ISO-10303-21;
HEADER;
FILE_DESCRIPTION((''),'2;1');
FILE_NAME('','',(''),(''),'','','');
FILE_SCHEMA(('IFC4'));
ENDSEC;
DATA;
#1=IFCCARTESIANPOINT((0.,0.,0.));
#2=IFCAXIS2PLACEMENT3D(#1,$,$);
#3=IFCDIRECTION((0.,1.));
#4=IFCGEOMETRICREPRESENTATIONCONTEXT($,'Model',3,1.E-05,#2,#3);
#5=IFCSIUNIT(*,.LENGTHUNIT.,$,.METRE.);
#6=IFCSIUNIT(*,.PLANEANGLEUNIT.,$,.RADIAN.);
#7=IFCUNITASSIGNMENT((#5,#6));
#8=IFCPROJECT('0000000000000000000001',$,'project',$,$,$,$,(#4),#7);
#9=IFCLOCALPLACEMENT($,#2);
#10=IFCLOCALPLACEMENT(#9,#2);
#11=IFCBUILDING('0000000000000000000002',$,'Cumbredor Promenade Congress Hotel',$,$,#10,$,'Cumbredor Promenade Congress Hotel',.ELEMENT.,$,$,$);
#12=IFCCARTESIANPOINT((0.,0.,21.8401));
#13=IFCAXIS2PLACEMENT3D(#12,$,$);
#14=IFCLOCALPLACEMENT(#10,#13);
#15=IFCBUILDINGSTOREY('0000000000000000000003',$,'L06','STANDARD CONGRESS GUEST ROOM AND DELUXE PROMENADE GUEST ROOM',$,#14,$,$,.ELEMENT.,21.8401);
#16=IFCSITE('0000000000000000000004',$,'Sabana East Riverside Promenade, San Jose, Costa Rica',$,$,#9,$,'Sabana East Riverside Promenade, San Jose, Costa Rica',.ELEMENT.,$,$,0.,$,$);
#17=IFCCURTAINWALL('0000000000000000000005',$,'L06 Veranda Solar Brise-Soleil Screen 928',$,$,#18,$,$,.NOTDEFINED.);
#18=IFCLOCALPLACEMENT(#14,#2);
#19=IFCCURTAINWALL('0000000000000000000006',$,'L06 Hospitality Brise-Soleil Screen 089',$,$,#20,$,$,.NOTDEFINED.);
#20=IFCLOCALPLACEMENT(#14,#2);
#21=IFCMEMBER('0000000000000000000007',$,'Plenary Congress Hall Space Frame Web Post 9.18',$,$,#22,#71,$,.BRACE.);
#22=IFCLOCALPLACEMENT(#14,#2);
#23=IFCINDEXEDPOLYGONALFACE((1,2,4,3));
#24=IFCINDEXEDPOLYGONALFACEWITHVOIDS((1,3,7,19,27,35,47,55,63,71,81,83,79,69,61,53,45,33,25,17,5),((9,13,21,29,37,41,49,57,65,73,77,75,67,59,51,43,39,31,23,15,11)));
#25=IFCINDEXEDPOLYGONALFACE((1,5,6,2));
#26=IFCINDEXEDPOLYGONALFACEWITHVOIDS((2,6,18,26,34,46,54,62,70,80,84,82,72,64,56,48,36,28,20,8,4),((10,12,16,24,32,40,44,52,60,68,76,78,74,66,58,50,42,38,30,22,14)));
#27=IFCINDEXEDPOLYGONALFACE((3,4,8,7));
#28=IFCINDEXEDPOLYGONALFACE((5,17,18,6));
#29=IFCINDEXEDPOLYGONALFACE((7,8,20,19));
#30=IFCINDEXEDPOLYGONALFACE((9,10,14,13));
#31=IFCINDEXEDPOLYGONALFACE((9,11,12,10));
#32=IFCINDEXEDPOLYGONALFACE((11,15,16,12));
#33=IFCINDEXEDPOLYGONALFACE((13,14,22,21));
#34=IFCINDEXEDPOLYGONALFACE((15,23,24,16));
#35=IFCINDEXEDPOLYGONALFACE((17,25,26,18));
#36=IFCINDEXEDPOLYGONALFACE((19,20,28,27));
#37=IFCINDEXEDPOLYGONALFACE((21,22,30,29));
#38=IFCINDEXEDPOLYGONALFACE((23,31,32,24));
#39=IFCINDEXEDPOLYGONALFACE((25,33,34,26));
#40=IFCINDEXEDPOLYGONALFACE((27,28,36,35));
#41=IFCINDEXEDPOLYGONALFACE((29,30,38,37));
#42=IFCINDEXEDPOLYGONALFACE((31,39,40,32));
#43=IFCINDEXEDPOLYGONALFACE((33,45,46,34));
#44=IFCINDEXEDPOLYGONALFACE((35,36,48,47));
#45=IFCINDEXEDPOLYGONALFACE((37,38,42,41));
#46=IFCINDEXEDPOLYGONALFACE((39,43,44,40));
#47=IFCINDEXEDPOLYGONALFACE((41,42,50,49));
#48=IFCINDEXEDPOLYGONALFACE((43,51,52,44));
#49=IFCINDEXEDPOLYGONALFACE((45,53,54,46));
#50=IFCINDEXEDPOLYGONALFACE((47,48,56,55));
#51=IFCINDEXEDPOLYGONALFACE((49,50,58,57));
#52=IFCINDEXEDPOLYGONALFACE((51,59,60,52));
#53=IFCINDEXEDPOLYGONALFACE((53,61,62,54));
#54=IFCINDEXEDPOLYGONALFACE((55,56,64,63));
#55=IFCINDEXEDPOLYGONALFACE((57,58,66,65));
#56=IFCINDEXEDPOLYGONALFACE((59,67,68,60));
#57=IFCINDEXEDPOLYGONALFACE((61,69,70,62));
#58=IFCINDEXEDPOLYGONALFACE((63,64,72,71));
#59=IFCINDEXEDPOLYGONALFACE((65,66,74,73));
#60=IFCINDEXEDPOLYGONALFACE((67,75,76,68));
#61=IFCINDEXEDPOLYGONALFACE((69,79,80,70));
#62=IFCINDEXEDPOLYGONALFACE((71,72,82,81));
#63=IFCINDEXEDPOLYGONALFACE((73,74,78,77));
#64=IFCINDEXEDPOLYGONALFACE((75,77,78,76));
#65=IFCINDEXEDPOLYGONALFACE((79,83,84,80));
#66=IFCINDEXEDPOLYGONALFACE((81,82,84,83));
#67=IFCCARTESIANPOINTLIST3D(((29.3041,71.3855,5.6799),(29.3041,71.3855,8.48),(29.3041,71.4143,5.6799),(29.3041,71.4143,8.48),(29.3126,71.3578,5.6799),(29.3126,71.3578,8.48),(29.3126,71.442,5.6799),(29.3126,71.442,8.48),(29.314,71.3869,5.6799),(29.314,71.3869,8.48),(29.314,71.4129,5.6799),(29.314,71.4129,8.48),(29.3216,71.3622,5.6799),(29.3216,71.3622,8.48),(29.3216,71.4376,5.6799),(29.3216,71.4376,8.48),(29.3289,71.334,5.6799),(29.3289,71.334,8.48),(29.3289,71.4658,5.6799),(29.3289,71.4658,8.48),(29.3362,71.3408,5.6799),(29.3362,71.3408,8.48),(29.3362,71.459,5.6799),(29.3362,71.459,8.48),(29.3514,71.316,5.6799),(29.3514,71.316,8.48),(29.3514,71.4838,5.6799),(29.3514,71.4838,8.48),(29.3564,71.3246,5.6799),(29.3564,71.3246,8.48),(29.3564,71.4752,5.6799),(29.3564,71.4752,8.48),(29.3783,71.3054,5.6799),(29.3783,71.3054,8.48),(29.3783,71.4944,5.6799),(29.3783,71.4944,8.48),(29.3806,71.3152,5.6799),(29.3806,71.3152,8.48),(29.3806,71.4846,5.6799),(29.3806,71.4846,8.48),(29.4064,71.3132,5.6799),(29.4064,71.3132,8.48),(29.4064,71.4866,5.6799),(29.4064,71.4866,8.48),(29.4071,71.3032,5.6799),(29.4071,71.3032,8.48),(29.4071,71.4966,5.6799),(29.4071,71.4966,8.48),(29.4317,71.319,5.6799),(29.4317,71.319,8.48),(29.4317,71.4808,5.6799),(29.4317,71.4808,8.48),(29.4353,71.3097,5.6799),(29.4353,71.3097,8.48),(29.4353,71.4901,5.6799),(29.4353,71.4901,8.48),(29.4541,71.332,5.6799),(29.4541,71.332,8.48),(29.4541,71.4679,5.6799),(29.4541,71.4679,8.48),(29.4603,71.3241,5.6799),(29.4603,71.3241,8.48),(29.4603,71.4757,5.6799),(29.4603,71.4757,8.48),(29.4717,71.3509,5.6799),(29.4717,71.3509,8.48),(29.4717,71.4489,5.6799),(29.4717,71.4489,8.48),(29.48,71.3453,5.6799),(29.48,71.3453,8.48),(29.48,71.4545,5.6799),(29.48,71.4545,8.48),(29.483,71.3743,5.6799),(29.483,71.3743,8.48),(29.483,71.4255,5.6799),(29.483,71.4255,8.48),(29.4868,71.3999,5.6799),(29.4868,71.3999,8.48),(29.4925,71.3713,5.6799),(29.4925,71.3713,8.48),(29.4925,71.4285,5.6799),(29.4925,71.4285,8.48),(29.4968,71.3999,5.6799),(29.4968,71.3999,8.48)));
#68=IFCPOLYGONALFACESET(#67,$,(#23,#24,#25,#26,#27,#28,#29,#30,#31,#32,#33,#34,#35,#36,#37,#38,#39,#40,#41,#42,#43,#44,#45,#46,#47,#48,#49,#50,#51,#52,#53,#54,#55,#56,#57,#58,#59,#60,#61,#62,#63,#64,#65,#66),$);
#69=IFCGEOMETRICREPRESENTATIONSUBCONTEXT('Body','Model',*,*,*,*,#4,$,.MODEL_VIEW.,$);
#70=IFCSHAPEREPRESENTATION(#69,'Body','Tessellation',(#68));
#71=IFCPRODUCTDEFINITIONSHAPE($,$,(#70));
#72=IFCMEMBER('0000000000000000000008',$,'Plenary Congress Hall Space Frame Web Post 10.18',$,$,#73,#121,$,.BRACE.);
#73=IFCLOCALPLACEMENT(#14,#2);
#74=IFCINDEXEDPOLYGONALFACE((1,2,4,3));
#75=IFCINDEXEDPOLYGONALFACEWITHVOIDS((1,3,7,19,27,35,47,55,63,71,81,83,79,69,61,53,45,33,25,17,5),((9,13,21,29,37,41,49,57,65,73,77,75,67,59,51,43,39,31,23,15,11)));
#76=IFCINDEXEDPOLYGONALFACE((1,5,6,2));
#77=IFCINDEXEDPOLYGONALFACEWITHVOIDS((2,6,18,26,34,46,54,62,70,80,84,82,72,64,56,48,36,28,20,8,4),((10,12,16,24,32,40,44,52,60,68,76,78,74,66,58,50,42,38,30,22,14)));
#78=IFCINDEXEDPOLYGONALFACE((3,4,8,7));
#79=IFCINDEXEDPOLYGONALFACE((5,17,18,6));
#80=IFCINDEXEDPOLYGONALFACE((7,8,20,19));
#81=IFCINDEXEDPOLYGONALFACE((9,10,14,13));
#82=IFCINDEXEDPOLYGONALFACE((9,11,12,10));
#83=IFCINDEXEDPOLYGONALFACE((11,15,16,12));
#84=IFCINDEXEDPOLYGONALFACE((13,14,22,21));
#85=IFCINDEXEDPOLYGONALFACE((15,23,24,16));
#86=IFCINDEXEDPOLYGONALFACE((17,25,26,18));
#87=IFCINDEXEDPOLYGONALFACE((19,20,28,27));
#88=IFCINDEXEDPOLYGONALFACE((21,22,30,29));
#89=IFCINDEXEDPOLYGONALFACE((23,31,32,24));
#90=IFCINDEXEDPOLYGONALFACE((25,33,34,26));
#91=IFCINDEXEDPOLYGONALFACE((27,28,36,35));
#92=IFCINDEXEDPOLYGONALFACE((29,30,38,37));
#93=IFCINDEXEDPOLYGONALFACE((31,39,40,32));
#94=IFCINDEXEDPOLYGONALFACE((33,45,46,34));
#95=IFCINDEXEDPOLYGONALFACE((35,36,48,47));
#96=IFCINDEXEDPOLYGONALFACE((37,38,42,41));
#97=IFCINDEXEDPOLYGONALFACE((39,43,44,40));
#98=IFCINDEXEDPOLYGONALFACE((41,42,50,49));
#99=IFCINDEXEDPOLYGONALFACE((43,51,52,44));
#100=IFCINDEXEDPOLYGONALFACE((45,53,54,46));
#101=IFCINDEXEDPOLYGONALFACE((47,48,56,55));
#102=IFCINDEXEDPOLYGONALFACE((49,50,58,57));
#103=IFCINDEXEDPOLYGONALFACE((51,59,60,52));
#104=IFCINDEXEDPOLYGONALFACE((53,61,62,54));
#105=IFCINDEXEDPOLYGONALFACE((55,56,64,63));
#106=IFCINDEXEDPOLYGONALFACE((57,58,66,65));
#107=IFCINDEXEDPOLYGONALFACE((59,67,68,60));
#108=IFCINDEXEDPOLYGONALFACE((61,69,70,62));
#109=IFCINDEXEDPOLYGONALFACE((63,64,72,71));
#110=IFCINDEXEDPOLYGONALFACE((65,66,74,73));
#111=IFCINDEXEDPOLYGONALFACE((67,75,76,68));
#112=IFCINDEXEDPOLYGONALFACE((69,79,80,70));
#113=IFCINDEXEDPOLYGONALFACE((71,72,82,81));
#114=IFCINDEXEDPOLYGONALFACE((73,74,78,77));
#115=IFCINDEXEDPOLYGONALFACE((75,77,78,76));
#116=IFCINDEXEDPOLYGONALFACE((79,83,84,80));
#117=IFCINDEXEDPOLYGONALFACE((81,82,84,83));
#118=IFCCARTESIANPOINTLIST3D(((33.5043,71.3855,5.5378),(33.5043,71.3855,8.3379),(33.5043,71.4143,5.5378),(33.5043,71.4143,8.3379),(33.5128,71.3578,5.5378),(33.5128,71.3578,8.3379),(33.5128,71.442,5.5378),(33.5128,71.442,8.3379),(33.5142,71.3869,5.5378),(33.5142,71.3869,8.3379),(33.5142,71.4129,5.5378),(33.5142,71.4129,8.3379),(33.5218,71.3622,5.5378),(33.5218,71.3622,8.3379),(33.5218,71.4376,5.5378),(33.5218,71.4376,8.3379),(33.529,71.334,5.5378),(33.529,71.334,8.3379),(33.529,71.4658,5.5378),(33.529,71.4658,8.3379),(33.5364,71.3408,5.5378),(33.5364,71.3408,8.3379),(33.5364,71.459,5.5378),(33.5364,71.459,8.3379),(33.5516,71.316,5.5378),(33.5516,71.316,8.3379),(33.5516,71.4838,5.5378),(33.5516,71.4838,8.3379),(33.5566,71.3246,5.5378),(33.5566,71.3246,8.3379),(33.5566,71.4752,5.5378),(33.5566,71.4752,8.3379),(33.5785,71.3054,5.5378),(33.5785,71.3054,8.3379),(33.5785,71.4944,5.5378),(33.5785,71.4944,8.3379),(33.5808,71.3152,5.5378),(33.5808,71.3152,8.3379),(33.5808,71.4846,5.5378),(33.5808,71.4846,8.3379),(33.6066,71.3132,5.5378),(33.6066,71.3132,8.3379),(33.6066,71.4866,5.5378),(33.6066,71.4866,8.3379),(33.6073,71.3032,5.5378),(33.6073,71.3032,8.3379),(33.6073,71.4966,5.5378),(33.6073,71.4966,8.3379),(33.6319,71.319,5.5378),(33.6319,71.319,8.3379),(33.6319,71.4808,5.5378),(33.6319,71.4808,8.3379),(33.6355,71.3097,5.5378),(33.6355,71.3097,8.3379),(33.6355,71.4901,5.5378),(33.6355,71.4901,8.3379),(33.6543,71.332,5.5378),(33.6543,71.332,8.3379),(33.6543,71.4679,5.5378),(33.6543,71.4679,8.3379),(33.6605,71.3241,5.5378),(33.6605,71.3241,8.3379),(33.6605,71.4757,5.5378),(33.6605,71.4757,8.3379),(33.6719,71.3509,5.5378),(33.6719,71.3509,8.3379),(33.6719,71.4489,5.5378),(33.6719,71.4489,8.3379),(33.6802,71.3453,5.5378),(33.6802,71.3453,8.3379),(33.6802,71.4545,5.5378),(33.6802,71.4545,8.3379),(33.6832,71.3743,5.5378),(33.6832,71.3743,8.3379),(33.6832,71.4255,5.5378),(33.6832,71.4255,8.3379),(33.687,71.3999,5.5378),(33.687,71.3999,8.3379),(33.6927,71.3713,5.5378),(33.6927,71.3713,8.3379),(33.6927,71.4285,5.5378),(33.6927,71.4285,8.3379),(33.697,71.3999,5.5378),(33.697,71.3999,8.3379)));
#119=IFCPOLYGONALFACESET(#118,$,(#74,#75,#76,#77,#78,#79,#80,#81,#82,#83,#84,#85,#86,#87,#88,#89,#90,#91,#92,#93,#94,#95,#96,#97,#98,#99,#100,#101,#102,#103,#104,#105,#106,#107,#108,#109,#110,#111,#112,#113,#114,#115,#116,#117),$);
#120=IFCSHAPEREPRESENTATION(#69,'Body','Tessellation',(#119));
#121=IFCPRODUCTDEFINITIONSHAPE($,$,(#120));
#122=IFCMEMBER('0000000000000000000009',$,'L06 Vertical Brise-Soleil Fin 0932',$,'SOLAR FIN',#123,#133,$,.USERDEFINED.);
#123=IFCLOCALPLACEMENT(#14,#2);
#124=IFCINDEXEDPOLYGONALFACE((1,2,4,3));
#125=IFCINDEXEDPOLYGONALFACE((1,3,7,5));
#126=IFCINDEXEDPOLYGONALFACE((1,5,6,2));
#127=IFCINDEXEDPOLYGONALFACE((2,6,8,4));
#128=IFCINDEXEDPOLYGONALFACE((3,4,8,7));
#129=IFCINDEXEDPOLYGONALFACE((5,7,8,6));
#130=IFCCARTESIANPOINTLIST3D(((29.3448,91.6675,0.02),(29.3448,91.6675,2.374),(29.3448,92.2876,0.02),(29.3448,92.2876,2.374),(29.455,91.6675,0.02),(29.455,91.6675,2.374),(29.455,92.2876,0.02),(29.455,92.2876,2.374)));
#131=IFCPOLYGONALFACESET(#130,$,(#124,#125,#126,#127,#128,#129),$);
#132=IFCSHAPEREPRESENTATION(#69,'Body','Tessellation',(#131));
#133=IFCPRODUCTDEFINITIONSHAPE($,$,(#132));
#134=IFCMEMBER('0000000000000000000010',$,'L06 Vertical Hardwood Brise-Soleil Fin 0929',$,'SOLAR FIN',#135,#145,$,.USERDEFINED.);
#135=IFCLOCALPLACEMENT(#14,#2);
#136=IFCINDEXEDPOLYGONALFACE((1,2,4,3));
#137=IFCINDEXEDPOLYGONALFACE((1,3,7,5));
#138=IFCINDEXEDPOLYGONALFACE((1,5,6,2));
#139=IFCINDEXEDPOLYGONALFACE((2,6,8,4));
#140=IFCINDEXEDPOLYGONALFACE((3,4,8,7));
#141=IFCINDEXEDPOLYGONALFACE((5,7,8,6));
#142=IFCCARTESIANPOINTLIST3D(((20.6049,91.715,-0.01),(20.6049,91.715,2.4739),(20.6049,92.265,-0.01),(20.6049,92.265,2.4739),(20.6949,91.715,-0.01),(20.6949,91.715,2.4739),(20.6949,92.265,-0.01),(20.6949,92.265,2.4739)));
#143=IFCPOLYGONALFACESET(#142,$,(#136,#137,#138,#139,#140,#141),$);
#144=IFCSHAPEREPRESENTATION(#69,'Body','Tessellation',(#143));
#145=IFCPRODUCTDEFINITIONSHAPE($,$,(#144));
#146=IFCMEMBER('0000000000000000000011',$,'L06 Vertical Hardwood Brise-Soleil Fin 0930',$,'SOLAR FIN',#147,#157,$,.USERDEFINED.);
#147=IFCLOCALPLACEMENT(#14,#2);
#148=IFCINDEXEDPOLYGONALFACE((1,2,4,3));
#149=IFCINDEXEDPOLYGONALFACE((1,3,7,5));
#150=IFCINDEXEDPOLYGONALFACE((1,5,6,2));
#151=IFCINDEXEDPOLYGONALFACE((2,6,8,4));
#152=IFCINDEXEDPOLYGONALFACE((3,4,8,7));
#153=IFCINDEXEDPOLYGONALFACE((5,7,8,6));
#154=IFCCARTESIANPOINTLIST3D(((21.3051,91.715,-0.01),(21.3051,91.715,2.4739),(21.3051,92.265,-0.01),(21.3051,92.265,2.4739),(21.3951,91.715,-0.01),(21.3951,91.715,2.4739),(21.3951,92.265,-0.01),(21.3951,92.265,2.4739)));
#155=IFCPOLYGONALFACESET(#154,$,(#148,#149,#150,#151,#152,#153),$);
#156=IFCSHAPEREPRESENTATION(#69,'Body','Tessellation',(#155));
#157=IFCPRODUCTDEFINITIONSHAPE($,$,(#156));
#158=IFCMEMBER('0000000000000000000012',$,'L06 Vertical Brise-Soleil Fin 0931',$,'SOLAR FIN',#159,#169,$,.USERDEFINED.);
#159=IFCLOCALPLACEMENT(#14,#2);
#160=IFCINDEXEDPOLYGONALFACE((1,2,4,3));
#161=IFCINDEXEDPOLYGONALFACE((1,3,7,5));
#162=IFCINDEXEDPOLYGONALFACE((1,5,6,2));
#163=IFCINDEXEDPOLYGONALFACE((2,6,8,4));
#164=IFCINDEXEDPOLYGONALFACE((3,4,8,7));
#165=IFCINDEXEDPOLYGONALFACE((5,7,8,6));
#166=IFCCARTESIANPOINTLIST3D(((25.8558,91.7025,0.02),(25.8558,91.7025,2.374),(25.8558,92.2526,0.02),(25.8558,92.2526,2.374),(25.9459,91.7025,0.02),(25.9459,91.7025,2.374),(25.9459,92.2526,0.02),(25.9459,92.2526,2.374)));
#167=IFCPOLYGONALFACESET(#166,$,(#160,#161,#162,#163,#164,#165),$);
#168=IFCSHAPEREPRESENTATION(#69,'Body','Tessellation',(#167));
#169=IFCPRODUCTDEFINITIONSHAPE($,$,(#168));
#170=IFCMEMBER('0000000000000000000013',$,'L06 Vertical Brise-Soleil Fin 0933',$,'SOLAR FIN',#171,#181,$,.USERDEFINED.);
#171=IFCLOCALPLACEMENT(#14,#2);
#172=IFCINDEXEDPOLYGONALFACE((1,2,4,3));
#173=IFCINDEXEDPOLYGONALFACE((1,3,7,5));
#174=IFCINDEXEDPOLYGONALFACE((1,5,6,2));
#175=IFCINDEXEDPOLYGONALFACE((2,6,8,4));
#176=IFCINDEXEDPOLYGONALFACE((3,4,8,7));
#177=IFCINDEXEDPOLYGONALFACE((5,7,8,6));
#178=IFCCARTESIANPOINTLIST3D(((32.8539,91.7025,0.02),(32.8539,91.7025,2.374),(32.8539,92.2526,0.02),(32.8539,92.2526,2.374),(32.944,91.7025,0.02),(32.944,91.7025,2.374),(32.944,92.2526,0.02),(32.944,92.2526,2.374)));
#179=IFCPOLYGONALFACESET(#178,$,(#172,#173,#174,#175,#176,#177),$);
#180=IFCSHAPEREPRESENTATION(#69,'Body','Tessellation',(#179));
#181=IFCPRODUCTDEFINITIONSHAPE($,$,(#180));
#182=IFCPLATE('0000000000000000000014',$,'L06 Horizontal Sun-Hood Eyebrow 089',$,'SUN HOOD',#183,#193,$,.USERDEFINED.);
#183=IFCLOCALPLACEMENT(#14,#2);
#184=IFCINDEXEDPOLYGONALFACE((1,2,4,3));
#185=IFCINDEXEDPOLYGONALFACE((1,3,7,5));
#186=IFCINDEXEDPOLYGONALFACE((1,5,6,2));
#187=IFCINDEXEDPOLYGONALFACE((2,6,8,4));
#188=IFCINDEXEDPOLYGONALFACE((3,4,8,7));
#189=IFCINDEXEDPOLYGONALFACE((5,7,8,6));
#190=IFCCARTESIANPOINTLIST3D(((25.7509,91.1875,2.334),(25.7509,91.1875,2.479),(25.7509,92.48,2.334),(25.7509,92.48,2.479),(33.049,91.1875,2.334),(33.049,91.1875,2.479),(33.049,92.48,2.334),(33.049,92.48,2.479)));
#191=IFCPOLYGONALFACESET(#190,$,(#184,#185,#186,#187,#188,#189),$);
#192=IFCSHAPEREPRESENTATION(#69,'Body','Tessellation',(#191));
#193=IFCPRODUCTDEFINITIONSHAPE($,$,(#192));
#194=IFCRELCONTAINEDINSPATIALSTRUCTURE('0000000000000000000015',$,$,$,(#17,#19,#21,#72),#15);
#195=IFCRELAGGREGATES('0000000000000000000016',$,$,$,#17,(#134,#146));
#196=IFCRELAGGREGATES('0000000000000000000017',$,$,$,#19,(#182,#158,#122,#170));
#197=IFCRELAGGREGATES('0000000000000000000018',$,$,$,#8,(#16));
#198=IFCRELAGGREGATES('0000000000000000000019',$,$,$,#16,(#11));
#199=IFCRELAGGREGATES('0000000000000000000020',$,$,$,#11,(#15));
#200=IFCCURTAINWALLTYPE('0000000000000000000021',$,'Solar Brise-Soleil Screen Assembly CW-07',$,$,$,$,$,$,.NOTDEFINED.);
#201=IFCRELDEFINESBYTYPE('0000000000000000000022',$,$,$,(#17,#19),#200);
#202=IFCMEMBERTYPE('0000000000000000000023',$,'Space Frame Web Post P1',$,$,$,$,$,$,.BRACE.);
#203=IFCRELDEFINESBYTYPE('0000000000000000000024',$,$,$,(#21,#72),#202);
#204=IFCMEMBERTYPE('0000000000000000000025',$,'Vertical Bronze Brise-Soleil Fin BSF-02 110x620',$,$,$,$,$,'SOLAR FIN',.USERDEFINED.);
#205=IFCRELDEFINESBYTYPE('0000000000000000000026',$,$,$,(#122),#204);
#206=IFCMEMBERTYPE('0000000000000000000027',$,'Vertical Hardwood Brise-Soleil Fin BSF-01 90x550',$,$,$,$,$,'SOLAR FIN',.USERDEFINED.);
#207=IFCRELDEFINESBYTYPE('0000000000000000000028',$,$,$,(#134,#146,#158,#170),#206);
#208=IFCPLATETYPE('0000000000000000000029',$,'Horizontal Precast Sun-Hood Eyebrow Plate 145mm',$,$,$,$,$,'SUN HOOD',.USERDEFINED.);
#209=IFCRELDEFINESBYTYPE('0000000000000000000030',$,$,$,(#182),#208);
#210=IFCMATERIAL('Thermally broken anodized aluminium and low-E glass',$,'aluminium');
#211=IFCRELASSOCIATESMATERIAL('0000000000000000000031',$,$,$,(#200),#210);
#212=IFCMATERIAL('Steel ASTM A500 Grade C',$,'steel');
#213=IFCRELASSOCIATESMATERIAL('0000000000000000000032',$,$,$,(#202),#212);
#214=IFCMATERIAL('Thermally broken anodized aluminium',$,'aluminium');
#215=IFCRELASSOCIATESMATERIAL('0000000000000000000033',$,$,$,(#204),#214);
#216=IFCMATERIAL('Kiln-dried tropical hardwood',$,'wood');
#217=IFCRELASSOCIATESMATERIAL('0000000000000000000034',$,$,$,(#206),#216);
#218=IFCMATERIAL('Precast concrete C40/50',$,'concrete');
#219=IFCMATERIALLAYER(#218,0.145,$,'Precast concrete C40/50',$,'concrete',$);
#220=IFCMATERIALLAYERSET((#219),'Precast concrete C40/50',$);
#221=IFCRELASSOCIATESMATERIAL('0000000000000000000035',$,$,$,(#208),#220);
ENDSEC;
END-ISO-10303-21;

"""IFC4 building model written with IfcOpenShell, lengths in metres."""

from ifc_helpers import new_model, si_unit, direction, frame, origin, origin_2d, place, context, subcontext, project, spatial, rectangle, hollow_circle, extrude, material, layer, layer_set, material_profile, profile_set, type_object, element, aggregate, save


model = new_model("IFC4")

# Units and contexts
model_context = context("Model", 3, precision=1e-05, world=origin(), true_north=direction((0.0, 1.0)))
body_context = subcontext(model_context, "Body", "Model", "MODEL_VIEW")
ifc_project = project(units=[si_unit("LENGTHUNIT", "METRE"), si_unit("PLANEANGLEUNIT", "RADIAN")], contexts=[model_context])

# Site, building, storey
site_placement = place(None, origin())
site = spatial("IfcSite", under=ifc_project, at=site_placement, Name="Sabana East Riverside Promenade, San Jose, Costa Rica", LongName="Sabana East Riverside Promenade, San Jose, Costa Rica", CompositionType="ELEMENT", RefElevation=0.0)
building_placement = place(site_placement, origin())
building = spatial("IfcBuilding", under=site, at=building_placement, Name="Cumbredor Promenade Congress Hotel", LongName="Cumbredor Promenade Congress Hotel", CompositionType="ELEMENT")
storey_placement = place(building_placement, frame((0.0, 0.0, 21.8401)))
storey = spatial("IfcBuildingStorey", under=building, at=storey_placement, Name="L06", Description="STANDARD CONGRESS GUEST ROOM AND DELUXE PROMENADE GUEST ROOM", CompositionType="ELEMENT", Elevation=21.8401)

# Curtain walls
ifc_material_1 = material(Name="Thermally broken anodized aluminium and low-E glass", Category="aluminium")
curtain_wall_type = type_object("IfcCurtainWallType", Name="Solar Brise-Soleil Screen Assembly CW-07", PredefinedType="NOTDEFINED", material=ifc_material_1)
curtain_wall_1_placement = place(storey_placement, origin())
curtain_wall_1 = element("IfcCurtainWall", 1, at=curtain_wall_1_placement, inside=storey, type_object=curtain_wall_type, Name="L06 Veranda Solar Brise-Soleil Screen 928", PredefinedType="NOTDEFINED")
ifc_material_2 = material(Name="Thermally broken anodized aluminium", Category="aluminium")
curtain_wall_2_placement = place(storey_placement, origin())
curtain_wall_2 = element("IfcCurtainWall", 2, at=curtain_wall_2_placement, inside=storey, type_object=curtain_wall_type, Name="L06 Hospitality Brise-Soleil Screen 089", PredefinedType="NOTDEFINED")

# Members
ifc_material_3 = material(Name="Steel ASTM A500 Grade C", Category="steel")
ifc_material_profile_1 = material_profile(ifc_material_3, hollow_circle(Radius=0.0969, WallThickness=0.01, at=origin_2d()), Name="CHS 193.7x10")
ifc_profile_set_1 = profile_set([ifc_material_profile_1], Name="Steel ASTM A500 Grade C")
member_type_1 = type_object("IfcMemberType", Name="Space Frame Web Post P1", PredefinedType="BRACE", material=ifc_profile_set_1)
for number, where, z_axis, x_axis, name in (
    (3, (29.3999, 71.3999, 5.6799), (0.0, 0.0, 1.0), (1.0, 0.0, 0.0), "Plenary Congress Hall Space Frame Web Post 9.18"),
    (4, (33.6001, 71.3999, 5.5378), (0.0, 0.0, 1.0), (1.0, 0.0, 0.0), "Plenary Congress Hall Space Frame Web Post 10.18"),
):
    element("IfcMember", number, at=place(storey_placement, frame(where, z_axis=z_axis, x_axis=x_axis)), inside=storey, type_object=member_type_1, Name=name, PredefinedType="BRACE", context=body_context, shape_type="SweptSolid", body=[
        extrude(hollow_circle(Radius=0.0969, WallThickness=0.01, at=origin_2d()), origin(), (0.0, 0.0, 1.0), 2.8),
    ])

# Members
ifc_material_profile_2 = material_profile(ifc_material_2, rectangle(XDim=0.1101, YDim=0.6201, at=origin_2d()), Name="ARCH FIN 110x620")
ifc_profile_set_2 = profile_set([ifc_material_profile_2], Name="Thermally broken anodized aluminium")
member_type_2 = type_object("IfcMemberType", Name="Vertical Bronze Brise-Soleil Fin BSF-02 110x620", ElementType="SOLAR FIN", PredefinedType="USERDEFINED", material=ifc_profile_set_2)
member_1_placement = place(storey_placement, frame((29.3999, 91.9775, 0.02), z_axis=(0.0, 0.0, 1.0), x_axis=(1.0, 0.0, 0.0)))
member_1 = element("IfcMember", 5, at=member_1_placement, type_object=member_type_2, Name="L06 Vertical Brise-Soleil Fin 0932", ObjectType="SOLAR FIN", PredefinedType="USERDEFINED", context=body_context, shape_type="SweptSolid", body=[
    extrude(rectangle(XDim=0.1101, YDim=0.6201, at=origin_2d()), origin(), (0.0, 0.0, 1.0), 2.354),
])
ifc_material_4 = material(Name="Kiln-dried tropical hardwood", Category="wood")
ifc_material_profile_3 = material_profile(ifc_material_4, rectangle(XDim=0.0901, YDim=0.55, at=origin_2d()), Name="ARCH FIN 90x550")
ifc_profile_set_3 = profile_set([ifc_material_profile_3], Name="Kiln-dried tropical hardwood")
member_type_3 = type_object("IfcMemberType", Name="Vertical Hardwood Brise-Soleil Fin BSF-01 90x550", ElementType="SOLAR FIN", PredefinedType="USERDEFINED", material=ifc_profile_set_3)
member_2_placement = place(storey_placement, frame((20.6499, 91.99, -0.01), z_axis=(0.0, 0.0, 1.0), x_axis=(1.0, 0.0, 0.0)))
member_2 = element("IfcMember", 6, at=member_2_placement, type_object=member_type_3, Name="L06 Vertical Hardwood Brise-Soleil Fin 0929", ObjectType="SOLAR FIN", PredefinedType="USERDEFINED", context=body_context, shape_type="SweptSolid", body=[
    extrude(rectangle(XDim=0.0901, YDim=0.55, at=origin_2d()), origin(), (0.0, 0.0, 1.0), 2.4839),
])
member_3_placement = place(storey_placement, frame((21.3501, 91.99, -0.01), z_axis=(0.0, 0.0, 1.0), x_axis=(1.0, 0.0, 0.0)))
member_3 = element("IfcMember", 7, at=member_3_placement, type_object=member_type_3, Name="L06 Vertical Hardwood Brise-Soleil Fin 0930", ObjectType="SOLAR FIN", PredefinedType="USERDEFINED", context=body_context, shape_type="SweptSolid", body=[
    extrude(rectangle(XDim=0.0901, YDim=0.55, at=origin_2d()), origin(), (0.0, 0.0, 1.0), 2.4839),
])
aggregate(curtain_wall_1, [member_2, member_3])
member_4_placement = place(storey_placement, frame((25.9009, 91.9775, 0.02), z_axis=(0.0, 0.0, 1.0), x_axis=(1.0, 0.0, 0.0)))
member_4 = element("IfcMember", 8, at=member_4_placement, type_object=member_type_3, Name="L06 Vertical Brise-Soleil Fin 0931", ObjectType="SOLAR FIN", PredefinedType="USERDEFINED", context=body_context, shape_type="SweptSolid", body=[
    extrude(rectangle(XDim=0.0901, YDim=0.55, at=origin_2d()), origin(), (0.0, 0.0, 1.0), 2.354),
])
member_5_placement = place(storey_placement, frame((32.8989, 91.9775, 0.02), z_axis=(0.0, 0.0, 1.0), x_axis=(1.0, 0.0, 0.0)))
member_5 = element("IfcMember", 9, at=member_5_placement, type_object=member_type_3, Name="L06 Vertical Brise-Soleil Fin 0933", ObjectType="SOLAR FIN", PredefinedType="USERDEFINED", context=body_context, shape_type="SweptSolid", body=[
    extrude(rectangle(XDim=0.0901, YDim=0.55, at=origin_2d()), origin(), (0.0, 0.0, 1.0), 2.354),
])

# Plate
ifc_material_5 = material(Name="Precast concrete C40/50", Category="concrete")
ifc_layer_1 = layer(ifc_material_5, 0.145, Name="Precast concrete C40/50", Category="concrete")
ifc_layer_set_1 = layer_set([ifc_layer_1], Name="Precast concrete C40/50")
plate_type_1 = type_object("IfcPlateType", Name="Horizontal Precast Sun-Hood Eyebrow Plate 145mm", ElementType="SUN HOOD", PredefinedType="USERDEFINED", material=ifc_layer_set_1)
plate_placement = place(storey_placement, frame((29.3999, 91.8337, 2.334), z_axis=(0.0, 0.0, 1.0), x_axis=(1.0, 0.0, 0.0)))
plate = element("IfcPlate", 10, at=plate_placement, type_object=plate_type_1, Name="L06 Horizontal Sun-Hood Eyebrow 089", ObjectType="SUN HOOD", PredefinedType="USERDEFINED", context=body_context, shape_type="SweptSolid", body=[
    extrude(rectangle(XDim=7.2981, YDim=1.2925, at=origin_2d()), origin(), (0.0, 0.0, 1.0), 0.145),
])
aggregate(curtain_wall_2, [plate, member_4, member_1, member_5])

save(model, "model.ifc")
